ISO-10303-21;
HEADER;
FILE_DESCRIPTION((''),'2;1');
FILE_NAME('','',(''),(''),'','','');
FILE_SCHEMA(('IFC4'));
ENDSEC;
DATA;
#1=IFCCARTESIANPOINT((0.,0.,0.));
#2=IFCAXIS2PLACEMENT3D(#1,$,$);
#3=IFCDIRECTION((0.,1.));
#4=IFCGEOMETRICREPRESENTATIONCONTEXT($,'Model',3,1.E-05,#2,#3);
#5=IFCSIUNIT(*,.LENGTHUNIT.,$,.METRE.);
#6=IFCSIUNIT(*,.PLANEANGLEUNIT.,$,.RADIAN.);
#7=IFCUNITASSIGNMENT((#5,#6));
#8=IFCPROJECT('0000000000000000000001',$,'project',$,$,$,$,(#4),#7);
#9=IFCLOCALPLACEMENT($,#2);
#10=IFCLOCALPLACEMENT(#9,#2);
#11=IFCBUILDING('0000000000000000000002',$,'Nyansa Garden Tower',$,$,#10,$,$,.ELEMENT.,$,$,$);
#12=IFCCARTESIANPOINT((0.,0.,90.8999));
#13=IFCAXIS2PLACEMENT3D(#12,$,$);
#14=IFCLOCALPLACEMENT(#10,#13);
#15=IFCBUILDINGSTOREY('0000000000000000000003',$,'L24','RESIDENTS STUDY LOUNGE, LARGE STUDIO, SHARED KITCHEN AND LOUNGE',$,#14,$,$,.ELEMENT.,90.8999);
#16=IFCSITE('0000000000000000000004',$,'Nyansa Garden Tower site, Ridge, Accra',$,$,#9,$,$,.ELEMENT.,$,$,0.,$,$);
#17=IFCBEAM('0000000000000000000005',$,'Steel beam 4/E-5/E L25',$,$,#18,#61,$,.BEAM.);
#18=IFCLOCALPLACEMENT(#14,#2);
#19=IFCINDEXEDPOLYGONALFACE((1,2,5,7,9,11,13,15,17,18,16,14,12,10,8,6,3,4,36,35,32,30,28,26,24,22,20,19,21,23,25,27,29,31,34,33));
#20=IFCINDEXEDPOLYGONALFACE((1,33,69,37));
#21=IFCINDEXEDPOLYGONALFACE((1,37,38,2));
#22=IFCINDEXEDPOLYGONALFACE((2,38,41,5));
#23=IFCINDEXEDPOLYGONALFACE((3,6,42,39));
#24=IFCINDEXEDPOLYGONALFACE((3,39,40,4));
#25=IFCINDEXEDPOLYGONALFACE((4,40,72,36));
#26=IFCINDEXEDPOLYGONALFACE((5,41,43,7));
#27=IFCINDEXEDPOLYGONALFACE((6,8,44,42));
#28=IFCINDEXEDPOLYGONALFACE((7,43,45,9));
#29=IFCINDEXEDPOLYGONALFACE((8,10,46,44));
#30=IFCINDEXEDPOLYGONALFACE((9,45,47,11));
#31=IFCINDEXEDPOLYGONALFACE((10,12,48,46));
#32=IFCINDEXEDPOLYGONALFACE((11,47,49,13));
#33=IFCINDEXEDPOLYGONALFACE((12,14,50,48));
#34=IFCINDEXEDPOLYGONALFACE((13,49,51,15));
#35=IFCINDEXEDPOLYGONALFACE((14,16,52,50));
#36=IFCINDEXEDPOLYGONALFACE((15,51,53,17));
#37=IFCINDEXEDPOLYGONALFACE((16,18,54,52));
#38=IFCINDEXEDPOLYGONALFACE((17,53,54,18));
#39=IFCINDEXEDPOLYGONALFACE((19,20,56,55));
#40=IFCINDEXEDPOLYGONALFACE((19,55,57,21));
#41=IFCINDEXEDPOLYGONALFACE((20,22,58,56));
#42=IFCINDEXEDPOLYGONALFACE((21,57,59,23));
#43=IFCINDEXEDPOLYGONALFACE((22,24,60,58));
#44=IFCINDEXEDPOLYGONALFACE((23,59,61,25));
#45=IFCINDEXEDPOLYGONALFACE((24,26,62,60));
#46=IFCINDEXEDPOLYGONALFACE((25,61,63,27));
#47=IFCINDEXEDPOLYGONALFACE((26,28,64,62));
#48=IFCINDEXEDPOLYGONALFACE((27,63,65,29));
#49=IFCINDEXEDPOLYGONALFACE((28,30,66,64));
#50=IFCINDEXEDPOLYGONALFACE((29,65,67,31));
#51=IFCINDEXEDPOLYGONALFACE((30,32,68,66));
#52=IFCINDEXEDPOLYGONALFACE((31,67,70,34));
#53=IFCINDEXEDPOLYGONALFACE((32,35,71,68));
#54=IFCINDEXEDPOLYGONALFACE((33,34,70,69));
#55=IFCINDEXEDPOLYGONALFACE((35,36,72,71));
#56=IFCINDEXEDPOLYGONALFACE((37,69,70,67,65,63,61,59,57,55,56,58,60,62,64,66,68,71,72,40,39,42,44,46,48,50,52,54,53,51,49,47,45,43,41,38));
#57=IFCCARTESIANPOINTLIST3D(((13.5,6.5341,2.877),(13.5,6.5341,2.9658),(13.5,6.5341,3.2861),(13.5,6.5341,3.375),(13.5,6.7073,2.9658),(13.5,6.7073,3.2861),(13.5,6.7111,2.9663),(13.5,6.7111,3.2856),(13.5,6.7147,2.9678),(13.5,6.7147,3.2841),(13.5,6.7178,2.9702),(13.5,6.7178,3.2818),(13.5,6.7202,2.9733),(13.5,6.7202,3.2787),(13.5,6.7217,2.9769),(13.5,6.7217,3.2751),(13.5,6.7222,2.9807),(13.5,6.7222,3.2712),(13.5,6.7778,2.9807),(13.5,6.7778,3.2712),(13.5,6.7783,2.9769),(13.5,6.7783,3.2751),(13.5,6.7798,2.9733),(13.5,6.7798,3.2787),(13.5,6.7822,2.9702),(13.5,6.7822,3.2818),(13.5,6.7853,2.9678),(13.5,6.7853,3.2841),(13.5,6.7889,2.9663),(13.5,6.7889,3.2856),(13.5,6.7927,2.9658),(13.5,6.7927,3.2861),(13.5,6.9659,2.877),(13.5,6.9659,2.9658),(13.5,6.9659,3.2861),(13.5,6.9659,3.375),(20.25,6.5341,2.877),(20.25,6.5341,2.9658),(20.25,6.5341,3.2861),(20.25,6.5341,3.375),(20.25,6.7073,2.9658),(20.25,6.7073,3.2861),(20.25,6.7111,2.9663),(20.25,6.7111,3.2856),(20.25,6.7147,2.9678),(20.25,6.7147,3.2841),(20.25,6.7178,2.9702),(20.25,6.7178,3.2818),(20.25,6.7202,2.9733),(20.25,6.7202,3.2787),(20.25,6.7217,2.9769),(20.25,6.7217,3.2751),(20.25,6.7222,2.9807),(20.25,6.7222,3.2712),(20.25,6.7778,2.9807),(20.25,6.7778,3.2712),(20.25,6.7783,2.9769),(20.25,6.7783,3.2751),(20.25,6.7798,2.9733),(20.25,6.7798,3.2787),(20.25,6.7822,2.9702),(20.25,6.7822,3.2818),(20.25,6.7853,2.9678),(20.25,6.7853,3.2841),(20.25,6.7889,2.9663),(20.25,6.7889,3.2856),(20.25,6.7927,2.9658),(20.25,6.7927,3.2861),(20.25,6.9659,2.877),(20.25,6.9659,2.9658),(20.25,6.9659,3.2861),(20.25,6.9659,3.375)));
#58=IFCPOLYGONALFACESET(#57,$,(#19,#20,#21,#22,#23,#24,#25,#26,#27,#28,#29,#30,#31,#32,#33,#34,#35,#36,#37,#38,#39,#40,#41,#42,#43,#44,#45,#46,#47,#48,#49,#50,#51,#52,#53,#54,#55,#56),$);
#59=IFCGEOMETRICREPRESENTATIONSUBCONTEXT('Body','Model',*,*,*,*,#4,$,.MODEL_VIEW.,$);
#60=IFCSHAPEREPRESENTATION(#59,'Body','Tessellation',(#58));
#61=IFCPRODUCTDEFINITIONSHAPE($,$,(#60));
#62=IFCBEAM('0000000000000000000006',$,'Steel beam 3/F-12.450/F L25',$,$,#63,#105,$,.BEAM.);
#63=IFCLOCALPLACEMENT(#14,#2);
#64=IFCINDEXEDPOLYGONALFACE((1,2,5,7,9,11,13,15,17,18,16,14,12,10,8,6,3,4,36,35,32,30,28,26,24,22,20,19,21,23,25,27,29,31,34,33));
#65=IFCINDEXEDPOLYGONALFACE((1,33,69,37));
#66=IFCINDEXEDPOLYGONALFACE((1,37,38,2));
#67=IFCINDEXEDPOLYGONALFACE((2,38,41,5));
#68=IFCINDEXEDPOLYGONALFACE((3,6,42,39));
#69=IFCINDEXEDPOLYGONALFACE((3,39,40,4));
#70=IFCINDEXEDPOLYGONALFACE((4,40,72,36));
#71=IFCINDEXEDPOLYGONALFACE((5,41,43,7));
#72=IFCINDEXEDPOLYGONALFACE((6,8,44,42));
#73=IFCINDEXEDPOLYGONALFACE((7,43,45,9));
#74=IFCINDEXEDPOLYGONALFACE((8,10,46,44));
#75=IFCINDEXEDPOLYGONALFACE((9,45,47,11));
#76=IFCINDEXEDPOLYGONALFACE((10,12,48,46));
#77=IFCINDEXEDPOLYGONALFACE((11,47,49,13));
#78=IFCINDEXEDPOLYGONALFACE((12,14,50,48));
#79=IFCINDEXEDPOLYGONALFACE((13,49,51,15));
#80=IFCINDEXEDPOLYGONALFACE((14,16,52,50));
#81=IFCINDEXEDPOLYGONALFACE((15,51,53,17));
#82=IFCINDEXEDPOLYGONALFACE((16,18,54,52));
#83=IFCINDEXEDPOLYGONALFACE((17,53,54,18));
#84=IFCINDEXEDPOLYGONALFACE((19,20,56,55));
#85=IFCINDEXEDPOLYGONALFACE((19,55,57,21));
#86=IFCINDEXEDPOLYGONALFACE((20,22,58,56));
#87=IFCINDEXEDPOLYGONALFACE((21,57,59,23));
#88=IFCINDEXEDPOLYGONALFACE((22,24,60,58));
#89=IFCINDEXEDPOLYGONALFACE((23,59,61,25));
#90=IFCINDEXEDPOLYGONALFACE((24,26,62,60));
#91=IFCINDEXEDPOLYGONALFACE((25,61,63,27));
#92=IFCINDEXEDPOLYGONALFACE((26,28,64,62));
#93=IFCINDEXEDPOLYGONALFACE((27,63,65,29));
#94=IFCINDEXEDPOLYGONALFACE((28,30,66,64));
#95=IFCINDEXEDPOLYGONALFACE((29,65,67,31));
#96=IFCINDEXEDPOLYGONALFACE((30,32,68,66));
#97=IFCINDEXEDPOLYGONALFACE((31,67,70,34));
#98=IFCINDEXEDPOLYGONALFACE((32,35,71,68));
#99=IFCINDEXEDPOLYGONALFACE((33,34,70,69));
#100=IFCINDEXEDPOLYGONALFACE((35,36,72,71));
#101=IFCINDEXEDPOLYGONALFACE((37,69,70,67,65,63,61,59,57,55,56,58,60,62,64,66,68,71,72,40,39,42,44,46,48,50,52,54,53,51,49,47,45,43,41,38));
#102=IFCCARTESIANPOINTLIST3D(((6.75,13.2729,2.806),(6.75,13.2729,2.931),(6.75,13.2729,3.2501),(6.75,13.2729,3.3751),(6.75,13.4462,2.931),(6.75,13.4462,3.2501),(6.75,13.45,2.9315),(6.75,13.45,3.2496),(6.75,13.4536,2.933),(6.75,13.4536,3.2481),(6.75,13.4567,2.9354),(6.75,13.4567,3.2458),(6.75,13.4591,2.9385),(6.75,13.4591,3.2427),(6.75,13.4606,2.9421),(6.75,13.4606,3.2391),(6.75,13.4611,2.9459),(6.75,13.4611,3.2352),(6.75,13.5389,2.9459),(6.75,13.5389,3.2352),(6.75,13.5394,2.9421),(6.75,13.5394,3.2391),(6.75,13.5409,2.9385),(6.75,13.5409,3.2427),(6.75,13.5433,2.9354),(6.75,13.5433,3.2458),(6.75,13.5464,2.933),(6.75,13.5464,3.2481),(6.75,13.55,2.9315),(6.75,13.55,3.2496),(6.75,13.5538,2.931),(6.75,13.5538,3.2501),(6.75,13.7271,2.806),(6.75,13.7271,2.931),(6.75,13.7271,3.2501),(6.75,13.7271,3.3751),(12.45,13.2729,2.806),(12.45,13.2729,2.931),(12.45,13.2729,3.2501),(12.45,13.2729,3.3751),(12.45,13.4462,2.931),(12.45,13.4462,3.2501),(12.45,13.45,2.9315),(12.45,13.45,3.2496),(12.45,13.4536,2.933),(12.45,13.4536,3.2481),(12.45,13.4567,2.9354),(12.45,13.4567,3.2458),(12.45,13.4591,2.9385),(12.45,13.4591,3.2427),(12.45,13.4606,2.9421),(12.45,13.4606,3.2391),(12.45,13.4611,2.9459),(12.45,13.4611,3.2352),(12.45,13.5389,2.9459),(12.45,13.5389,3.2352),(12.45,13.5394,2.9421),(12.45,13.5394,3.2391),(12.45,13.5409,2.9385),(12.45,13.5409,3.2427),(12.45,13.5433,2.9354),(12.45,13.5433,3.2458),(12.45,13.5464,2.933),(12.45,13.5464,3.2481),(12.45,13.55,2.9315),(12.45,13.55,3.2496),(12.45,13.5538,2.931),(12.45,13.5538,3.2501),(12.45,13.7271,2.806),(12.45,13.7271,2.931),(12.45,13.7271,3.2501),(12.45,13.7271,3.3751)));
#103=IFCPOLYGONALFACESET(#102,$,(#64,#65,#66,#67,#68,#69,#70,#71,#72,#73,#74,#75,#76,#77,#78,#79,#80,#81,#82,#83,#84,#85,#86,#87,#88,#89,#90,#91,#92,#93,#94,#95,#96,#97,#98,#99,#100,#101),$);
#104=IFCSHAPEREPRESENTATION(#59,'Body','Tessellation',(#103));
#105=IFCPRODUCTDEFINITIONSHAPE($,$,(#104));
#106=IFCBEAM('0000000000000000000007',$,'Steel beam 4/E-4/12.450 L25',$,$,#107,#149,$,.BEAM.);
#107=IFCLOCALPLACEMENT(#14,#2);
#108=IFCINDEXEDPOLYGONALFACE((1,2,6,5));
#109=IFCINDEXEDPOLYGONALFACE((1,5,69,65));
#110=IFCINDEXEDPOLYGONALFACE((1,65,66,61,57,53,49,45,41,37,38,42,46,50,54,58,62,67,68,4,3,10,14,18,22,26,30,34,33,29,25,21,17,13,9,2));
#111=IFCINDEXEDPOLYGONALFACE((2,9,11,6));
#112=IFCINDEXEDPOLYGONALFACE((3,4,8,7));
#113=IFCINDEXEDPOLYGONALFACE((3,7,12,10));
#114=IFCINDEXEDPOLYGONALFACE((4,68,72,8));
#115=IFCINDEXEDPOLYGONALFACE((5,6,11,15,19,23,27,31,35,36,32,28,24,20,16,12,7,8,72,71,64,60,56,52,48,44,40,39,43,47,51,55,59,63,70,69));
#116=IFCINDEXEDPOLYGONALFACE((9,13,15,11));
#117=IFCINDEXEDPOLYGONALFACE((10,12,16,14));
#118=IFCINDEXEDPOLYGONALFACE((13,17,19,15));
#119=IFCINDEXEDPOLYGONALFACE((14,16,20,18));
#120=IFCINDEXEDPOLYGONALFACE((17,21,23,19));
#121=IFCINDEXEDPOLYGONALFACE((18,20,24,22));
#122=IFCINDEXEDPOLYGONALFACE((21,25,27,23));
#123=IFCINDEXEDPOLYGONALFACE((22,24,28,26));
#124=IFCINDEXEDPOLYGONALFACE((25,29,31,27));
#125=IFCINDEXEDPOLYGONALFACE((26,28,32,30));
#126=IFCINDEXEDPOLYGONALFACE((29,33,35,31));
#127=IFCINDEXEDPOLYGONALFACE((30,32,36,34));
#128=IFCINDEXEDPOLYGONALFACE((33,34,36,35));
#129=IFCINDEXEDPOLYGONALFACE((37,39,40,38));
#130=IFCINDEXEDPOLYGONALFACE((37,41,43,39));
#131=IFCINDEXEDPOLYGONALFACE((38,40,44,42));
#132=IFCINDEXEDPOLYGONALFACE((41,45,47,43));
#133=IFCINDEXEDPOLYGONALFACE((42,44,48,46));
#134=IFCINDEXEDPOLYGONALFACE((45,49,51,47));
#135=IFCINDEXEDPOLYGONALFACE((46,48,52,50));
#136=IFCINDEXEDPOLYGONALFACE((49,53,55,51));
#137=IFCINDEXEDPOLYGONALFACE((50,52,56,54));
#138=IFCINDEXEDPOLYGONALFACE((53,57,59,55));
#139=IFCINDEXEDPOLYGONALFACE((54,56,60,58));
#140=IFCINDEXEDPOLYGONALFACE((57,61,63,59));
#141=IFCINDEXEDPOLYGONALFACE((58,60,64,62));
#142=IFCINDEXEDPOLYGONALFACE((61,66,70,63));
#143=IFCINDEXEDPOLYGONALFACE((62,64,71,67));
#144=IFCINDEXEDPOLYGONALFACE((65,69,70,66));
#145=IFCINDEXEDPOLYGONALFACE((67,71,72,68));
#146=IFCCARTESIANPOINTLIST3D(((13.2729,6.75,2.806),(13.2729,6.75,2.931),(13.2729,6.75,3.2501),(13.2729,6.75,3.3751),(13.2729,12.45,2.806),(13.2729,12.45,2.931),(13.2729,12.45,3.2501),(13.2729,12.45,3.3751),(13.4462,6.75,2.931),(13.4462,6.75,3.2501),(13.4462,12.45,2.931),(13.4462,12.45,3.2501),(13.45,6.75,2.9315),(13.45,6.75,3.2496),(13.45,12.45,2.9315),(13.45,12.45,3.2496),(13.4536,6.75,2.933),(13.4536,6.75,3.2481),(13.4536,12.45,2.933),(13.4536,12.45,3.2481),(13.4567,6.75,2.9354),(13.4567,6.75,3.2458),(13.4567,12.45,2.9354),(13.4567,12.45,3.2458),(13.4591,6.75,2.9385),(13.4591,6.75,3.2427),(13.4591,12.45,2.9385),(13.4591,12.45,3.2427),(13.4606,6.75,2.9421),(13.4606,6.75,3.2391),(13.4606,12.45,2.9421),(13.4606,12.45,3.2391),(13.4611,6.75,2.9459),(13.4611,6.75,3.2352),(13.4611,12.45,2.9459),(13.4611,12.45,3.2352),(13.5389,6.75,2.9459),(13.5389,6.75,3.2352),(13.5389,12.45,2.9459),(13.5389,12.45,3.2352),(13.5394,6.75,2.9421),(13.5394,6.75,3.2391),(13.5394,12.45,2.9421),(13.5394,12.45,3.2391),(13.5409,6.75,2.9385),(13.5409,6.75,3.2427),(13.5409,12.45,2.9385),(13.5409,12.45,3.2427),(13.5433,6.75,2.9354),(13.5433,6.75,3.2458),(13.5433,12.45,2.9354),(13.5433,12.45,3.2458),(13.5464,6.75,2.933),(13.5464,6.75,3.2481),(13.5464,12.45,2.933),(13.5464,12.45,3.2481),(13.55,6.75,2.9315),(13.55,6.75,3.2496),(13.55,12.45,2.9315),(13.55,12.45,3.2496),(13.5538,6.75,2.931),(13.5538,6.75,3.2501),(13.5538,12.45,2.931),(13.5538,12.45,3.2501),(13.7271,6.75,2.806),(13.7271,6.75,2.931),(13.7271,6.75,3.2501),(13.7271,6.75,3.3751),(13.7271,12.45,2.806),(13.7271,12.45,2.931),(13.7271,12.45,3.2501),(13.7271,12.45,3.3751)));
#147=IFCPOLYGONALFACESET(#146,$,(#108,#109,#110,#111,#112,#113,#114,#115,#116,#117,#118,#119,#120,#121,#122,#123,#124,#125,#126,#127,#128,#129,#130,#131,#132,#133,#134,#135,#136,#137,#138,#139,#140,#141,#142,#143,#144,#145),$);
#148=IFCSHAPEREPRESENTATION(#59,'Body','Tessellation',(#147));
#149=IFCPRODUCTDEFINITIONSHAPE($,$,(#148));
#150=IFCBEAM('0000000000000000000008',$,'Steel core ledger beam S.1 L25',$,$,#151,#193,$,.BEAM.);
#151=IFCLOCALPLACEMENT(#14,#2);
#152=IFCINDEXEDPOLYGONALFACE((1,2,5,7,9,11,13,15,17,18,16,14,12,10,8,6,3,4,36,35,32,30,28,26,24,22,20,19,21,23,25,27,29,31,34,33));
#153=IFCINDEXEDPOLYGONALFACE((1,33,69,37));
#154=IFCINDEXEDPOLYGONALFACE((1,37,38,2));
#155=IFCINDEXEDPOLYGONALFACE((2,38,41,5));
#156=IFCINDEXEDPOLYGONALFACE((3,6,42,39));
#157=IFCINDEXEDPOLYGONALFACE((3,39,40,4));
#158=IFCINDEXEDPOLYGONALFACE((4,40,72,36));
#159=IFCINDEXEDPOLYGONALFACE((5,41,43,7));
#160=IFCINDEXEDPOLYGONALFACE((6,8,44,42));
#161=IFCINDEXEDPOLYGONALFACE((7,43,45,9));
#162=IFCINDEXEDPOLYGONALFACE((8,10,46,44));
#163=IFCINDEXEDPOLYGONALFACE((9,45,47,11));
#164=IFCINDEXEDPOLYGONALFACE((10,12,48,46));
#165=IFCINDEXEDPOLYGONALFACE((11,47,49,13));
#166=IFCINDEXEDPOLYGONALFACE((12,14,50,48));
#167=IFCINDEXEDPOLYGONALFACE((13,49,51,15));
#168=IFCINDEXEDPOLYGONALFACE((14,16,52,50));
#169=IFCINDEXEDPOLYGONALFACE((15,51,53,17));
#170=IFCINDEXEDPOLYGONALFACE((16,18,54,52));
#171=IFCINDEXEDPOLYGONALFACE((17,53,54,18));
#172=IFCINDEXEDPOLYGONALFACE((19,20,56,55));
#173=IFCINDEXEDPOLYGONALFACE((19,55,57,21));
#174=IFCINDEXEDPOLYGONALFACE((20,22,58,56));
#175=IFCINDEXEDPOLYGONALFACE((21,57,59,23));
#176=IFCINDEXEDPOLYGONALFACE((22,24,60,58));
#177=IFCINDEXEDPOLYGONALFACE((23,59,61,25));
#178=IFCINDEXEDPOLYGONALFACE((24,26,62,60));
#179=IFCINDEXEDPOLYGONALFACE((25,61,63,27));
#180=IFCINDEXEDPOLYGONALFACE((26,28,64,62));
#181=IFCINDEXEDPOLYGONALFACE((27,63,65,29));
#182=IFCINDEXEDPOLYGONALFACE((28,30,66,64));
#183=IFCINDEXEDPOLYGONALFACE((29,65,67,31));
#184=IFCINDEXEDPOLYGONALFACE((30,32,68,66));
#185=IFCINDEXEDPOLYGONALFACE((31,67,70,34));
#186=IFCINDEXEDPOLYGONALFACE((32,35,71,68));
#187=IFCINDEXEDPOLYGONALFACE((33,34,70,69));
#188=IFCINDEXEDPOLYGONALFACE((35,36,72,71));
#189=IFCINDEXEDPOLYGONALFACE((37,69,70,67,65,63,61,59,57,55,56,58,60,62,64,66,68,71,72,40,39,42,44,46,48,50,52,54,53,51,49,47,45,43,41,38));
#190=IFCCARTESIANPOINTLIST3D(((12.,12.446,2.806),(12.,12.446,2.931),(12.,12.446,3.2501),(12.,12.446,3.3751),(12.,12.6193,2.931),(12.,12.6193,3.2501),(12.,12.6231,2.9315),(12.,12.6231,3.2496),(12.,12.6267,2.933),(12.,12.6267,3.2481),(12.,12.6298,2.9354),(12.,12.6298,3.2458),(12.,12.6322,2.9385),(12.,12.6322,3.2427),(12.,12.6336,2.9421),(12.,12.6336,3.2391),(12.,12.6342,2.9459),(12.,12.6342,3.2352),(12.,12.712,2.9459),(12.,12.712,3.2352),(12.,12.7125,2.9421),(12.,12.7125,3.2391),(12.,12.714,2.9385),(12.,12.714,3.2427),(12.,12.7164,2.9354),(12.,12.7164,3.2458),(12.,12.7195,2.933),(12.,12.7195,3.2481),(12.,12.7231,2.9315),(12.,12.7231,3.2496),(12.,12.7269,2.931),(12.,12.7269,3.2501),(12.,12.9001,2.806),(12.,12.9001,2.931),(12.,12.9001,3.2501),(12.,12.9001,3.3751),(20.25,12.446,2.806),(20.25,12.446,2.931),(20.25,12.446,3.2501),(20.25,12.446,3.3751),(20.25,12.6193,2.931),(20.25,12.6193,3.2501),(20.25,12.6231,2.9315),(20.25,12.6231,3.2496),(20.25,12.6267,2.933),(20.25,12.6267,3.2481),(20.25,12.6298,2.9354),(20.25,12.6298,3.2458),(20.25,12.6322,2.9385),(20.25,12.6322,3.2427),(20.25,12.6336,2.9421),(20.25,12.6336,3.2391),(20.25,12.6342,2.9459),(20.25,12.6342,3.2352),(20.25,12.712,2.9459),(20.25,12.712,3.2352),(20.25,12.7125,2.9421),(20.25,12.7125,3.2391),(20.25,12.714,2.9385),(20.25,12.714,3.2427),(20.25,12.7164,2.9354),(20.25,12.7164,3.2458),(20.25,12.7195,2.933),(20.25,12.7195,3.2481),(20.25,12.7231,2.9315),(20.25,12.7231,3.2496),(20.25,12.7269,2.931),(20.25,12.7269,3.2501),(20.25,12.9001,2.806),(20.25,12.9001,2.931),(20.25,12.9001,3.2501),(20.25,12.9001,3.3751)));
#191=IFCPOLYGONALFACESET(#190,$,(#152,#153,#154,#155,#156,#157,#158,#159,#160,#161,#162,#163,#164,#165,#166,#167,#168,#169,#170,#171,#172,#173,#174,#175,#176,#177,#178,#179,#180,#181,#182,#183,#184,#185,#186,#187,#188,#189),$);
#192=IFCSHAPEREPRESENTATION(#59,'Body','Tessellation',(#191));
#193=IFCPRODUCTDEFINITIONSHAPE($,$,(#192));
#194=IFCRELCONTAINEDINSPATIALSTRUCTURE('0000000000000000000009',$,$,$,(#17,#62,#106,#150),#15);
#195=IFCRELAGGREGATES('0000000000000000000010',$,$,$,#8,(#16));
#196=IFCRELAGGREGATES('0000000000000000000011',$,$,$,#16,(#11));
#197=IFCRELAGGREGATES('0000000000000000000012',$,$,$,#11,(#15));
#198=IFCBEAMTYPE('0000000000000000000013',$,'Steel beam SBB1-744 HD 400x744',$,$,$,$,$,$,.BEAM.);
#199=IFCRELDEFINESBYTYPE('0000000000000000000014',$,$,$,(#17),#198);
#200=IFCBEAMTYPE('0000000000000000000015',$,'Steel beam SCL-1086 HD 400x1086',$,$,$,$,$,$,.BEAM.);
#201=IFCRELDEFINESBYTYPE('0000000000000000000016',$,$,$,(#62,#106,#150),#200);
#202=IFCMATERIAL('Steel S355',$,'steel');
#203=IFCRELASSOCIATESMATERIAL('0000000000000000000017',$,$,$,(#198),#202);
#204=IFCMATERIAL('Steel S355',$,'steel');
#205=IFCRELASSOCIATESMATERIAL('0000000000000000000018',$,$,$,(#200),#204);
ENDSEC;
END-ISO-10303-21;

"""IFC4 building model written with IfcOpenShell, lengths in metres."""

from ifc_helpers import new_model, si_unit, direction, frame, origin, origin_2d, place, context, subcontext, project, spatial, i_section, extrude, material, material_profile, profile_set, type_object, element, save


model = new_model("IFC4")

# Units and contexts
model_context = context("Model", 3, precision=1e-05, world=origin(), true_north=direction((0.0, 1.0)))
body_context = subcontext(model_context, "Body", "Model", "MODEL_VIEW")
ifc_project = project(units=[si_unit("LENGTHUNIT", "METRE"), si_unit("PLANEANGLEUNIT", "RADIAN")], contexts=[model_context])

# Site, building, storey
site_placement = place(None, origin())
site = spatial("IfcSite", under=ifc_project, at=site_placement, Name="Nyansa Garden Tower site, Ridge, Accra", CompositionType="ELEMENT", RefElevation=0.0)
building_placement = place(site_placement, origin())
building = spatial("IfcBuilding", under=site, at=building_placement, Name="Nyansa Garden Tower", CompositionType="ELEMENT")
storey_placement = place(building_placement, frame((0.0, 0.0, 90.8999)))
storey = spatial("IfcBuildingStorey", under=building, at=storey_placement, Name="L24", Description="RESIDENTS STUDY LOUNGE, LARGE STUDIO, SHARED KITCHEN AND LOUNGE", CompositionType="ELEMENT", Elevation=90.8999)

# Beams
ifc_material_1 = material(Name="Steel S355", Category="steel")
ifc_material_profile_1 = material_profile(ifc_material_1, i_section(OverallWidth=0.4319, OverallDepth=0.498, WebThickness=0.0557, FlangeThickness=0.0889, FilletRadius=0.0149, at=origin_2d()), Name="HD 400x744")
ifc_profile_set_1 = profile_set([ifc_material_profile_1], Name="Steel S355")
beam_type_1 = type_object("IfcBeamType", Name="Steel beam SBB1-744 HD 400x744", PredefinedType="BEAM", material=ifc_profile_set_1)
for number, where, z_axis, x_axis, name in (
    (1, (13.5, 6.75, 3.126), (1.0, 0.0, 0.0), (0.0, 1.0, 0.0), "Steel beam 4/E-5/E L25"),
):
    element("IfcBeam", number, at=place(storey_placement, frame(where, z_axis=z_axis, x_axis=x_axis)), inside=storey, type_object=beam_type_1, Name=name, PredefinedType="BEAM", context=body_context, shape_type="SweptSolid", body=[
        extrude(i_section(OverallWidth=0.4319, OverallDepth=0.498, WebThickness=0.0557, FlangeThickness=0.0889, FilletRadius=0.0149, at=origin_2d()), origin(), (0.0, 0.0, 1.0), 6.75),
    ])
ifc_material_2 = material(Name="Steel S355", Category="steel")
ifc_material_profile_2 = material_profile(ifc_material_2, i_section(OverallWidth=0.4541, OverallDepth=0.5691, WebThickness=0.0779, FlangeThickness=0.125, FilletRadius=0.0149, at=origin_2d()), Name="HD 400x1086")
ifc_profile_set_2 = profile_set([ifc_material_profile_2], Name="Steel S355")
beam_type_2 = type_object("IfcBeamType", Name="Steel beam SCL-1086 HD 400x1086", PredefinedType="BEAM", material=ifc_profile_set_2)
for number, where, z_axis, x_axis, name in (
    (2, (6.75, 13.5, 3.0906), (1.0, 0.0, 0.0), (0.0, 1.0, 0.0), "Steel beam 3/F-12.450/F L25"),
    (3, (13.5, 6.75, 3.0906), (0.0, 1.0, 0.0), (-1.0, 0.0, 0.0), "Steel beam 4/E-4/12.450 L25"),
):
    element("IfcBeam", number, at=place(storey_placement, frame(where, z_axis=z_axis, x_axis=x_axis)), inside=storey, type_object=beam_type_2, Name=name, PredefinedType="BEAM", context=body_context, shape_type="SweptSolid", body=[
        extrude(i_section(OverallWidth=0.4541, OverallDepth=0.5691, WebThickness=0.0779, FlangeThickness=0.125, FilletRadius=0.0149, at=origin_2d()), origin(), (0.0, 0.0, 1.0), 5.7),
    ])
beam_1_placement = place(storey_placement, frame((12.0, 12.6731, 3.0906), z_axis=(1.0, 0.0, 0.0), x_axis=(0.0, 1.0, 0.0)))
element("IfcBeam", 4, at=beam_1_placement, inside=storey, type_object=beam_type_2, Name="Steel core ledger beam S.1 L25", PredefinedType="BEAM", context=body_context, shape_type="SweptSolid", body=[
    extrude(i_section(OverallWidth=0.4541, OverallDepth=0.5691, WebThickness=0.0779, FlangeThickness=0.125, FilletRadius=0.0149, at=origin_2d()), origin(), (0.0, 0.0, 1.0), 8.25),
])

save(model, "model.ifc")
